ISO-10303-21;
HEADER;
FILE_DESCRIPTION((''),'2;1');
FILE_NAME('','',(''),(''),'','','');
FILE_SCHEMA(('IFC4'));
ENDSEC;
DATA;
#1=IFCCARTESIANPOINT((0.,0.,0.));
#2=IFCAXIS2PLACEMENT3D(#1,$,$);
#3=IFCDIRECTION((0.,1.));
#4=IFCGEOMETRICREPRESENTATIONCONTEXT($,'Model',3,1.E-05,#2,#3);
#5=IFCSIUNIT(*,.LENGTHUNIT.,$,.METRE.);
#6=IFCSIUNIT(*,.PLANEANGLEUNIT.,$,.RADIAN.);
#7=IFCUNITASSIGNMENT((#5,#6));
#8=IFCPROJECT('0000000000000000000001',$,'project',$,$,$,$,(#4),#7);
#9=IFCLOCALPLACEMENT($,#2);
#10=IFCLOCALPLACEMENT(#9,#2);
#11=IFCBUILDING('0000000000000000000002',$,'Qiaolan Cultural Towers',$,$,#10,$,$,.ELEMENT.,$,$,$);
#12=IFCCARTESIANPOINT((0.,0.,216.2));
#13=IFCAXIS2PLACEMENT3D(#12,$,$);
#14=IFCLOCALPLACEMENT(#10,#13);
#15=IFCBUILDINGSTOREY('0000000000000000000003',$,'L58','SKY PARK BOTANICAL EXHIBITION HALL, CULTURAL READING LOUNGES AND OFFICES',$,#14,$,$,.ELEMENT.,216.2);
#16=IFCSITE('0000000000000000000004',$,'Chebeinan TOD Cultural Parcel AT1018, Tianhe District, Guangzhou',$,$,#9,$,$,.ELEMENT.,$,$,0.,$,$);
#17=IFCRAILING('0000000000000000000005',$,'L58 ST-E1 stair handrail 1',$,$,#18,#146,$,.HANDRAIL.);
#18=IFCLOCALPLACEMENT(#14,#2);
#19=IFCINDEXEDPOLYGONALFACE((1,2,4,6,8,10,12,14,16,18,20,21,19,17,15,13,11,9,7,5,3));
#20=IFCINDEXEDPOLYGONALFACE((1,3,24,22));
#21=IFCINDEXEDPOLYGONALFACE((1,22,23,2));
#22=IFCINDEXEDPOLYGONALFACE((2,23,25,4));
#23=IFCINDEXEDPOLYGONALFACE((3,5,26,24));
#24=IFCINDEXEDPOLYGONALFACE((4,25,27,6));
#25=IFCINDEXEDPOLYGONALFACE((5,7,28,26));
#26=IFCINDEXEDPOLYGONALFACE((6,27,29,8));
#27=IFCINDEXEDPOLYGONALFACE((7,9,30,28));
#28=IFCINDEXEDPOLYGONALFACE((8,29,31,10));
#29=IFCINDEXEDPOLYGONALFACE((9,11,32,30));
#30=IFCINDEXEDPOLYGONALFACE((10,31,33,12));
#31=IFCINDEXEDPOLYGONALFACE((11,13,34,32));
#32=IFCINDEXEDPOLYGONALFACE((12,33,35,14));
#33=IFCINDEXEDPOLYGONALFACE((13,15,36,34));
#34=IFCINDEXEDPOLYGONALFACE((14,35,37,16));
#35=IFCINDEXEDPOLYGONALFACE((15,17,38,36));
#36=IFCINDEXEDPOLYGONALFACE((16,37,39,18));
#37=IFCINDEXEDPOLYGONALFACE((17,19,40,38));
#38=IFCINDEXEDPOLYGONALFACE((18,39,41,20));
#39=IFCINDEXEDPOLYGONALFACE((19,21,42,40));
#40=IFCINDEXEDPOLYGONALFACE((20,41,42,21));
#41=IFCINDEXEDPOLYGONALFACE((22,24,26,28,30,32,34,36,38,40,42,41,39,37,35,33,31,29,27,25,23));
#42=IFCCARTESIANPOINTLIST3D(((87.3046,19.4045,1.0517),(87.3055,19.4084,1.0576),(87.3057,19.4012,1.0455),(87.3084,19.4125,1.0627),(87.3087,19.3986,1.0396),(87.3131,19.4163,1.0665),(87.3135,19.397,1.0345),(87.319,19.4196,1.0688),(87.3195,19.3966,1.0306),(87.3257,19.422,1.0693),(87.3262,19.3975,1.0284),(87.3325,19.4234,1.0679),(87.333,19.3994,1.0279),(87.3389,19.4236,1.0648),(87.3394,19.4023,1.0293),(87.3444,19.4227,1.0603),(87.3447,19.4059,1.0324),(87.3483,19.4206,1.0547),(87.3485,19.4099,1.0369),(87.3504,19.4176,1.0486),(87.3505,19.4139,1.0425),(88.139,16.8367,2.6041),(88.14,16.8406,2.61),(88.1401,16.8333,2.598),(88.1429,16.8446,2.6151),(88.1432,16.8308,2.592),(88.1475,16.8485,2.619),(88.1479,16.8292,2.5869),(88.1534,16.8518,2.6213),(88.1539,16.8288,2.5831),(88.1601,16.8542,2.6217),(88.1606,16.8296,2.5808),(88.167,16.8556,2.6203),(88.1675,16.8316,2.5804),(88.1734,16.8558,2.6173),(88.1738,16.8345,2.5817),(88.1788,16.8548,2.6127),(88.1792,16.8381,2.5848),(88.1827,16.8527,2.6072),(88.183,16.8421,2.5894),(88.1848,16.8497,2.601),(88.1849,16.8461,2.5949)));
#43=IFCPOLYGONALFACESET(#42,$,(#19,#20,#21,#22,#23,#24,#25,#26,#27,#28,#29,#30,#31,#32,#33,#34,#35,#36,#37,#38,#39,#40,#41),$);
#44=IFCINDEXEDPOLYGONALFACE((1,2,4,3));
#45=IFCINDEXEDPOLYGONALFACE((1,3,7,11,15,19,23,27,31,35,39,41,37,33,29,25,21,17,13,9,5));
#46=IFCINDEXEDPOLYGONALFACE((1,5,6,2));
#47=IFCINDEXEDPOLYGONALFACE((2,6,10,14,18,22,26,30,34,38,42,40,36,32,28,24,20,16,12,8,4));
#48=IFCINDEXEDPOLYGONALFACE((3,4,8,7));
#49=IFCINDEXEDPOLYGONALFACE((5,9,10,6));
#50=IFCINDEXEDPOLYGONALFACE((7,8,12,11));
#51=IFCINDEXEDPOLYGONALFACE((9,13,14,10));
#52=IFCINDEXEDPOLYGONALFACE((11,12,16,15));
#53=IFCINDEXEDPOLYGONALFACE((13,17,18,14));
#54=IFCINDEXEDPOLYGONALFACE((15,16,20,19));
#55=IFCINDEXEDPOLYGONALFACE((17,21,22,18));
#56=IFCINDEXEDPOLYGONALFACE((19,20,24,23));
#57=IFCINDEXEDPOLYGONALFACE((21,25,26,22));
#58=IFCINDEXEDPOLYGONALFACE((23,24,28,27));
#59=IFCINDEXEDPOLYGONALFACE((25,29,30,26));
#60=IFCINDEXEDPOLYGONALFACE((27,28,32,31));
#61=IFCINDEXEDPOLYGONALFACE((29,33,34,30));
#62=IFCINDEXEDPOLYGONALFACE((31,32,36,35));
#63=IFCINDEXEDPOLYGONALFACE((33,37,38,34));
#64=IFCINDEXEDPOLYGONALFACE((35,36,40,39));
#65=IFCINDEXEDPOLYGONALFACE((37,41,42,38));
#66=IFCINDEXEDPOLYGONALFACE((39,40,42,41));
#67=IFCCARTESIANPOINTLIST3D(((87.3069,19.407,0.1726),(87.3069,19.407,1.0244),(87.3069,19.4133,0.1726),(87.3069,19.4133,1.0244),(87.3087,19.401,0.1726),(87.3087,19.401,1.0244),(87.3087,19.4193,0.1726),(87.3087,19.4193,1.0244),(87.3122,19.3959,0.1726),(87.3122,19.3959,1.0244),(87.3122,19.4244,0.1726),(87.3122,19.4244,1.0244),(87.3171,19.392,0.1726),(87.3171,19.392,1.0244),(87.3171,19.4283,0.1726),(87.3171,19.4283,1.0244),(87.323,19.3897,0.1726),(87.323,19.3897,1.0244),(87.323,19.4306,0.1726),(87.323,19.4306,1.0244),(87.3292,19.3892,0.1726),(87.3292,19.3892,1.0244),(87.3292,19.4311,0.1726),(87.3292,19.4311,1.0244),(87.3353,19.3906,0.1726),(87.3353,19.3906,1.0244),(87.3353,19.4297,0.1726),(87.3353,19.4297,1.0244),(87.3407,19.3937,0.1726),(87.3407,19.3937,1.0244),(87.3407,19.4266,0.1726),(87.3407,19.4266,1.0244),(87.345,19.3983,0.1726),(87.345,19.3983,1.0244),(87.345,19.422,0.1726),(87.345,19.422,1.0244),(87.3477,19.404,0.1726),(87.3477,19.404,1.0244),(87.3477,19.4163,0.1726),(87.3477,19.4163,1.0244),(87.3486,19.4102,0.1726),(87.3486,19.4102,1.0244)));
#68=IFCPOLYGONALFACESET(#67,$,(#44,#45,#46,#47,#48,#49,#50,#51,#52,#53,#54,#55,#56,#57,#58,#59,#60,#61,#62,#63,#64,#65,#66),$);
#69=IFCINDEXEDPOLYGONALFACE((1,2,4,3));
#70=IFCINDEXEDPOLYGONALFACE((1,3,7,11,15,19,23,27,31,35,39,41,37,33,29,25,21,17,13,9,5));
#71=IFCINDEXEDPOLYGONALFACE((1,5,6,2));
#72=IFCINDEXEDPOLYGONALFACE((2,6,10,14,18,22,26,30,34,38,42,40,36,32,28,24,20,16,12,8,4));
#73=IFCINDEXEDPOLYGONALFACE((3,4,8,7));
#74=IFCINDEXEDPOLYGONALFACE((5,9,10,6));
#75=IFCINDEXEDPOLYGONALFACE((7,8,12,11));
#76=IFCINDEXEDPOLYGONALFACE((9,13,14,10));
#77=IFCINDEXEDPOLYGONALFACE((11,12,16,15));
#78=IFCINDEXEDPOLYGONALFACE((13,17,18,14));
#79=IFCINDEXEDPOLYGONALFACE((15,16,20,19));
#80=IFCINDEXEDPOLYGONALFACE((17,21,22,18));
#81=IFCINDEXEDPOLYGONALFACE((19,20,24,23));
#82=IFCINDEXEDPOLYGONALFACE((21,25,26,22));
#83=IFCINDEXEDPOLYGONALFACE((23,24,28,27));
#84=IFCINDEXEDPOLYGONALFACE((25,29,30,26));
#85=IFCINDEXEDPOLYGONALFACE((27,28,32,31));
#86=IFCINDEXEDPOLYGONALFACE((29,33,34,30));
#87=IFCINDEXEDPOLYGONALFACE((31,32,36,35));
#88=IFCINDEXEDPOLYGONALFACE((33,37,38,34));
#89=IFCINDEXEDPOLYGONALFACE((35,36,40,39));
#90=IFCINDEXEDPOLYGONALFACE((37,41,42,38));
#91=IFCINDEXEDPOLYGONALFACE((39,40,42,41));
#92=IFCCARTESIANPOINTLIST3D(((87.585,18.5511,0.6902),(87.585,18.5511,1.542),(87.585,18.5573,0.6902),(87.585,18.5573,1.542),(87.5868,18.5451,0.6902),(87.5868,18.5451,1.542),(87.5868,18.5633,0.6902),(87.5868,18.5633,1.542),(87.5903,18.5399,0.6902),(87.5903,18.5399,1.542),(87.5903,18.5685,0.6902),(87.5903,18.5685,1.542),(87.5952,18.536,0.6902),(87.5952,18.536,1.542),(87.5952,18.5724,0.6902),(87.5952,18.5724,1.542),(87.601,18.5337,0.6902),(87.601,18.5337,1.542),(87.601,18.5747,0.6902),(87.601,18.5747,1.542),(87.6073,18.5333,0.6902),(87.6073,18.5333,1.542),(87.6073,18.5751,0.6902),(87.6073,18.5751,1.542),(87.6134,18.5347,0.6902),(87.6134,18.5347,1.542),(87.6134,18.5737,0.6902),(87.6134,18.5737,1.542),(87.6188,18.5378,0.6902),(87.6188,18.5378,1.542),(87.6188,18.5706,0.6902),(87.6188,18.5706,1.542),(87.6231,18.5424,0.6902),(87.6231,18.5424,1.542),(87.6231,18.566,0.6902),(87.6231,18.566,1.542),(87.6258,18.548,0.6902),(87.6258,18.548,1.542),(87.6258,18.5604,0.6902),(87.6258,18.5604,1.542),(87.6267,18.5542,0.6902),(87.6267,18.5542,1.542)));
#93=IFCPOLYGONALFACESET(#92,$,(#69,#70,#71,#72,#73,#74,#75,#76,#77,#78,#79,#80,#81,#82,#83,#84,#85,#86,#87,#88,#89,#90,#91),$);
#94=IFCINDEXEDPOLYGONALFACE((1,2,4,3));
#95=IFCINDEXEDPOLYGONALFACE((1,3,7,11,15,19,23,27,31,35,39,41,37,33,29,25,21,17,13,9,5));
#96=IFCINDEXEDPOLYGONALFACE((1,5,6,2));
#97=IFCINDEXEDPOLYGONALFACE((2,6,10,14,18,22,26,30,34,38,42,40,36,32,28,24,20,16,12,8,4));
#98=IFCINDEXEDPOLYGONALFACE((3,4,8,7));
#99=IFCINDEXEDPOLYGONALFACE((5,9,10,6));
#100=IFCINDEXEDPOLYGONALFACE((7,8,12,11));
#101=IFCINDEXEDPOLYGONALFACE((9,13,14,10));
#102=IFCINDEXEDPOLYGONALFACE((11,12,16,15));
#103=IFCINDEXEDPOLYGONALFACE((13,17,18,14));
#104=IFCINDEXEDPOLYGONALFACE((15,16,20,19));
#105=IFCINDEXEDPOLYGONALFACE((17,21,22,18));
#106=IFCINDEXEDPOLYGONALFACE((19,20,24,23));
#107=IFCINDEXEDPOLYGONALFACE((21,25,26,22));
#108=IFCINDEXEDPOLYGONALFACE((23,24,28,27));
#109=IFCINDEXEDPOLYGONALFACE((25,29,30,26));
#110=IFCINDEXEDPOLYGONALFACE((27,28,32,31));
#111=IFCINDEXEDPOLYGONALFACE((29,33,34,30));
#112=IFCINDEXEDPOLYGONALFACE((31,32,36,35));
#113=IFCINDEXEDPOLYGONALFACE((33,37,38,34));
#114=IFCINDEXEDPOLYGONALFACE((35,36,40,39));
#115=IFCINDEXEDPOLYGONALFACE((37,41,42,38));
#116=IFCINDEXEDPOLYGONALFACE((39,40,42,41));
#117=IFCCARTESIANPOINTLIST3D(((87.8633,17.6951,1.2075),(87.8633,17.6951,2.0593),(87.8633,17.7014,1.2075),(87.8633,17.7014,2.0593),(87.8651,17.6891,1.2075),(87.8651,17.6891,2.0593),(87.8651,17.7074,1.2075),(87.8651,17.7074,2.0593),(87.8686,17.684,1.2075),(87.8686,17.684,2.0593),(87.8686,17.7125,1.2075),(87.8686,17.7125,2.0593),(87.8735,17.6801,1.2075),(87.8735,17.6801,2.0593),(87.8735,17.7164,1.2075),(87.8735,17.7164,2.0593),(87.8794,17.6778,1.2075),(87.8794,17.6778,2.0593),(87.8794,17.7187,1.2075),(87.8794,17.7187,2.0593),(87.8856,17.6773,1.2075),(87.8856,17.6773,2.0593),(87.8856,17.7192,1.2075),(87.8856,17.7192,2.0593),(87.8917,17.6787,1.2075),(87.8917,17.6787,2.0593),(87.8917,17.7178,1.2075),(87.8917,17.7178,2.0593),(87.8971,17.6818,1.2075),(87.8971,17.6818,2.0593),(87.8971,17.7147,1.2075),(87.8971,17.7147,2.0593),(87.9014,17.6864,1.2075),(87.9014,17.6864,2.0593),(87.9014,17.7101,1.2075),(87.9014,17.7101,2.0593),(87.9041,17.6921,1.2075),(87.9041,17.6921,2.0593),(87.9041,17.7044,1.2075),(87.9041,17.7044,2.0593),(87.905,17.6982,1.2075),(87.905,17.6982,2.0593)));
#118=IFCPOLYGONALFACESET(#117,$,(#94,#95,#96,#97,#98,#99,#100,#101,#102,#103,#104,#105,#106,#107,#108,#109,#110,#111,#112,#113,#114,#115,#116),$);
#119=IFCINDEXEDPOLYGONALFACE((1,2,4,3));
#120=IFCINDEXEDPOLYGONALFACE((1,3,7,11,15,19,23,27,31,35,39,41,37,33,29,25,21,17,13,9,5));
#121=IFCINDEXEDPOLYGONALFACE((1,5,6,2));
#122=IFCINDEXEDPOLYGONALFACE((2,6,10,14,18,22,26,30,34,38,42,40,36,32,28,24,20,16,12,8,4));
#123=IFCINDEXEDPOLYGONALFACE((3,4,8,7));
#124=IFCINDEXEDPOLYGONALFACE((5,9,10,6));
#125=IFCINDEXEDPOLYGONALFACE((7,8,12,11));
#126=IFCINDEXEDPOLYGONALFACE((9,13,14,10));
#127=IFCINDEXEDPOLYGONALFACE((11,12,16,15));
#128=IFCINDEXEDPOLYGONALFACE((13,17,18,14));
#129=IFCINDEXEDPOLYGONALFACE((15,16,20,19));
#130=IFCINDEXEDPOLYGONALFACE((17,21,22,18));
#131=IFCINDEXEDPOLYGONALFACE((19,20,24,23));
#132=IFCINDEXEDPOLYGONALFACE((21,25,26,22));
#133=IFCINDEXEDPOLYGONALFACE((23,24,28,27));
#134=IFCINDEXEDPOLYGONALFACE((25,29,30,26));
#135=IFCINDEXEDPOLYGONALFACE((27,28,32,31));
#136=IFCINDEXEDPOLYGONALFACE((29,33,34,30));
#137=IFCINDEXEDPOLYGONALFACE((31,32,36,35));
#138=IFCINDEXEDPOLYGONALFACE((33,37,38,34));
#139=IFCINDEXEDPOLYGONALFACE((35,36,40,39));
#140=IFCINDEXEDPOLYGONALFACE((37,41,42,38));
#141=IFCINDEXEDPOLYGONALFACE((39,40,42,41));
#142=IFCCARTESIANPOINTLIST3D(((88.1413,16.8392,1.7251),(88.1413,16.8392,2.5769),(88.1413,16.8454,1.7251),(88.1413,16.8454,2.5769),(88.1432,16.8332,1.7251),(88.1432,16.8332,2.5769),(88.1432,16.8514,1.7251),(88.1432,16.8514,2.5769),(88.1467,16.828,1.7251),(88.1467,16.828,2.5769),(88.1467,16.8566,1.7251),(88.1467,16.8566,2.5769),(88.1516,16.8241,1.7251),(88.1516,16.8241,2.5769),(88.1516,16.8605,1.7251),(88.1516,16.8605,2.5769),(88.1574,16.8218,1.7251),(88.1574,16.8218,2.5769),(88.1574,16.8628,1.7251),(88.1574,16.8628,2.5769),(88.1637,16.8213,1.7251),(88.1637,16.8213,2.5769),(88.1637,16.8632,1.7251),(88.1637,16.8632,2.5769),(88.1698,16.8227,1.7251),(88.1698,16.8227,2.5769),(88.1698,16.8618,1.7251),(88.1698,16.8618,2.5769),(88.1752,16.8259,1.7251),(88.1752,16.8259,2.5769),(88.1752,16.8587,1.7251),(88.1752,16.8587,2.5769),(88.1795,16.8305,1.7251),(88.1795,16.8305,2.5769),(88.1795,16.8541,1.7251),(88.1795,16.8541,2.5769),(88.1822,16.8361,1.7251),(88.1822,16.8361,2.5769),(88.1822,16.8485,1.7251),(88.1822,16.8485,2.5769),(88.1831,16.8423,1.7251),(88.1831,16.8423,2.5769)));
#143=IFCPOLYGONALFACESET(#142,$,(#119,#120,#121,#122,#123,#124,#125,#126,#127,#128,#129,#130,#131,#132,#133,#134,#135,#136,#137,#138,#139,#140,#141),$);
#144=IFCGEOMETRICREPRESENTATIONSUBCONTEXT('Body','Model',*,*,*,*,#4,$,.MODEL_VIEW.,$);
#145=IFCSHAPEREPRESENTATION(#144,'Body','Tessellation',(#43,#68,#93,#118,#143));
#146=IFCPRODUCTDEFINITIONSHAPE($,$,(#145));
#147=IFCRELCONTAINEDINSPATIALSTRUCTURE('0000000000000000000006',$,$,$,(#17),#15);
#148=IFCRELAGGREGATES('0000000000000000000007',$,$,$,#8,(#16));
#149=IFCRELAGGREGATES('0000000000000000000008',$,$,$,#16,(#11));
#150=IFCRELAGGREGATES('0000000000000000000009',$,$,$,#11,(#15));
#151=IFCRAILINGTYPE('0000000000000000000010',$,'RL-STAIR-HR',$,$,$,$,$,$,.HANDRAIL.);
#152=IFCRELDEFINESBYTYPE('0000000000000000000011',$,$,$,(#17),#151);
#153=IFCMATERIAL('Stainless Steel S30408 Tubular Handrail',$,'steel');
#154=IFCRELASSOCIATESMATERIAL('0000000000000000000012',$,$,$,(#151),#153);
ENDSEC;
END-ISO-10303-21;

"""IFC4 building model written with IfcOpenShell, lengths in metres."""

from ifc_helpers import new_model, si_unit, direction, frame, origin, origin_2d, place, context, subcontext, project, spatial, circle, extrude, material, type_object, element, save


model = new_model("IFC4")

# Units and contexts
model_context = context("Model", 3, precision=1e-05, world=origin(), true_north=direction((0.0, 1.0)))
body_context = subcontext(model_context, "Body", "Model", "MODEL_VIEW")
ifc_project = project(units=[si_unit("LENGTHUNIT", "METRE"), si_unit("PLANEANGLEUNIT", "RADIAN")], contexts=[model_context])

# Site, building, storey
site_placement = place(None, origin())
site = spatial("IfcSite", under=ifc_project, at=site_placement, Name="Chebeinan TOD Cultural Parcel AT1018, Tianhe District, Guangzhou", CompositionType="ELEMENT", RefElevation=0.0)
building_placement = place(site_placement, origin())
building = spatial("IfcBuilding", under=site, at=building_placement, Name="Qiaolan Cultural Towers", CompositionType="ELEMENT")
storey_placement = place(building_placement, frame((0.0, 0.0, 216.2)))
storey = spatial("IfcBuildingStorey", under=building, at=storey_placement, Name="L58", Description="SKY PARK BOTANICAL EXHIBITION HALL, CULTURAL READING LOUNGES AND OFFICES", CompositionType="ELEMENT", Elevation=216.2)

# Railing
ifc_material_1 = material(Name="Stainless Steel S30408 Tubular Handrail", Category="steel")
railing_type_1 = type_object("IfcRailingType", Name="RL-STAIR-HR", PredefinedType="HANDRAIL", material=ifc_material_1)
railing_1_placement = place(storey_placement, frame((87.3276, 19.4102, 0.1726)))
element("IfcRailing", 1, at=railing_1_placement, inside=storey, type_object=railing_type_1, Name="L58 ST-E1 stair handrail 1", PredefinedType="HANDRAIL", context=body_context, shape_type="SweptSolid", body=[
    extrude(circle(Radius=0.0239, at=origin_2d()), frame((0.0, 0.0, 0.876), z_axis=(0.267926, -0.824471, 0.498461), x_axis=(0.951043, 0.309057, 0.0)), (0.0, 0.0, 1.0), 3.1145),
    extrude(circle(Radius=0.021, at=origin_2d()), origin(), (0.0, 0.0, 1.0), 0.8518),
    extrude(circle(Radius=0.021, at=origin_2d()), frame((0.2781, -0.856, 0.5176)), (0.0, 0.0, 1.0), 0.8518),
    extrude(circle(Radius=0.021, at=origin_2d()), frame((0.5564, -1.7119, 1.0349)), (0.0, 0.0, 1.0), 0.8518),
    extrude(circle(Radius=0.021, at=origin_2d()), frame((0.8345, -2.5679, 1.5525)), (0.0, 0.0, 1.0), 0.8518),
])

save(model, "model.ifc")
